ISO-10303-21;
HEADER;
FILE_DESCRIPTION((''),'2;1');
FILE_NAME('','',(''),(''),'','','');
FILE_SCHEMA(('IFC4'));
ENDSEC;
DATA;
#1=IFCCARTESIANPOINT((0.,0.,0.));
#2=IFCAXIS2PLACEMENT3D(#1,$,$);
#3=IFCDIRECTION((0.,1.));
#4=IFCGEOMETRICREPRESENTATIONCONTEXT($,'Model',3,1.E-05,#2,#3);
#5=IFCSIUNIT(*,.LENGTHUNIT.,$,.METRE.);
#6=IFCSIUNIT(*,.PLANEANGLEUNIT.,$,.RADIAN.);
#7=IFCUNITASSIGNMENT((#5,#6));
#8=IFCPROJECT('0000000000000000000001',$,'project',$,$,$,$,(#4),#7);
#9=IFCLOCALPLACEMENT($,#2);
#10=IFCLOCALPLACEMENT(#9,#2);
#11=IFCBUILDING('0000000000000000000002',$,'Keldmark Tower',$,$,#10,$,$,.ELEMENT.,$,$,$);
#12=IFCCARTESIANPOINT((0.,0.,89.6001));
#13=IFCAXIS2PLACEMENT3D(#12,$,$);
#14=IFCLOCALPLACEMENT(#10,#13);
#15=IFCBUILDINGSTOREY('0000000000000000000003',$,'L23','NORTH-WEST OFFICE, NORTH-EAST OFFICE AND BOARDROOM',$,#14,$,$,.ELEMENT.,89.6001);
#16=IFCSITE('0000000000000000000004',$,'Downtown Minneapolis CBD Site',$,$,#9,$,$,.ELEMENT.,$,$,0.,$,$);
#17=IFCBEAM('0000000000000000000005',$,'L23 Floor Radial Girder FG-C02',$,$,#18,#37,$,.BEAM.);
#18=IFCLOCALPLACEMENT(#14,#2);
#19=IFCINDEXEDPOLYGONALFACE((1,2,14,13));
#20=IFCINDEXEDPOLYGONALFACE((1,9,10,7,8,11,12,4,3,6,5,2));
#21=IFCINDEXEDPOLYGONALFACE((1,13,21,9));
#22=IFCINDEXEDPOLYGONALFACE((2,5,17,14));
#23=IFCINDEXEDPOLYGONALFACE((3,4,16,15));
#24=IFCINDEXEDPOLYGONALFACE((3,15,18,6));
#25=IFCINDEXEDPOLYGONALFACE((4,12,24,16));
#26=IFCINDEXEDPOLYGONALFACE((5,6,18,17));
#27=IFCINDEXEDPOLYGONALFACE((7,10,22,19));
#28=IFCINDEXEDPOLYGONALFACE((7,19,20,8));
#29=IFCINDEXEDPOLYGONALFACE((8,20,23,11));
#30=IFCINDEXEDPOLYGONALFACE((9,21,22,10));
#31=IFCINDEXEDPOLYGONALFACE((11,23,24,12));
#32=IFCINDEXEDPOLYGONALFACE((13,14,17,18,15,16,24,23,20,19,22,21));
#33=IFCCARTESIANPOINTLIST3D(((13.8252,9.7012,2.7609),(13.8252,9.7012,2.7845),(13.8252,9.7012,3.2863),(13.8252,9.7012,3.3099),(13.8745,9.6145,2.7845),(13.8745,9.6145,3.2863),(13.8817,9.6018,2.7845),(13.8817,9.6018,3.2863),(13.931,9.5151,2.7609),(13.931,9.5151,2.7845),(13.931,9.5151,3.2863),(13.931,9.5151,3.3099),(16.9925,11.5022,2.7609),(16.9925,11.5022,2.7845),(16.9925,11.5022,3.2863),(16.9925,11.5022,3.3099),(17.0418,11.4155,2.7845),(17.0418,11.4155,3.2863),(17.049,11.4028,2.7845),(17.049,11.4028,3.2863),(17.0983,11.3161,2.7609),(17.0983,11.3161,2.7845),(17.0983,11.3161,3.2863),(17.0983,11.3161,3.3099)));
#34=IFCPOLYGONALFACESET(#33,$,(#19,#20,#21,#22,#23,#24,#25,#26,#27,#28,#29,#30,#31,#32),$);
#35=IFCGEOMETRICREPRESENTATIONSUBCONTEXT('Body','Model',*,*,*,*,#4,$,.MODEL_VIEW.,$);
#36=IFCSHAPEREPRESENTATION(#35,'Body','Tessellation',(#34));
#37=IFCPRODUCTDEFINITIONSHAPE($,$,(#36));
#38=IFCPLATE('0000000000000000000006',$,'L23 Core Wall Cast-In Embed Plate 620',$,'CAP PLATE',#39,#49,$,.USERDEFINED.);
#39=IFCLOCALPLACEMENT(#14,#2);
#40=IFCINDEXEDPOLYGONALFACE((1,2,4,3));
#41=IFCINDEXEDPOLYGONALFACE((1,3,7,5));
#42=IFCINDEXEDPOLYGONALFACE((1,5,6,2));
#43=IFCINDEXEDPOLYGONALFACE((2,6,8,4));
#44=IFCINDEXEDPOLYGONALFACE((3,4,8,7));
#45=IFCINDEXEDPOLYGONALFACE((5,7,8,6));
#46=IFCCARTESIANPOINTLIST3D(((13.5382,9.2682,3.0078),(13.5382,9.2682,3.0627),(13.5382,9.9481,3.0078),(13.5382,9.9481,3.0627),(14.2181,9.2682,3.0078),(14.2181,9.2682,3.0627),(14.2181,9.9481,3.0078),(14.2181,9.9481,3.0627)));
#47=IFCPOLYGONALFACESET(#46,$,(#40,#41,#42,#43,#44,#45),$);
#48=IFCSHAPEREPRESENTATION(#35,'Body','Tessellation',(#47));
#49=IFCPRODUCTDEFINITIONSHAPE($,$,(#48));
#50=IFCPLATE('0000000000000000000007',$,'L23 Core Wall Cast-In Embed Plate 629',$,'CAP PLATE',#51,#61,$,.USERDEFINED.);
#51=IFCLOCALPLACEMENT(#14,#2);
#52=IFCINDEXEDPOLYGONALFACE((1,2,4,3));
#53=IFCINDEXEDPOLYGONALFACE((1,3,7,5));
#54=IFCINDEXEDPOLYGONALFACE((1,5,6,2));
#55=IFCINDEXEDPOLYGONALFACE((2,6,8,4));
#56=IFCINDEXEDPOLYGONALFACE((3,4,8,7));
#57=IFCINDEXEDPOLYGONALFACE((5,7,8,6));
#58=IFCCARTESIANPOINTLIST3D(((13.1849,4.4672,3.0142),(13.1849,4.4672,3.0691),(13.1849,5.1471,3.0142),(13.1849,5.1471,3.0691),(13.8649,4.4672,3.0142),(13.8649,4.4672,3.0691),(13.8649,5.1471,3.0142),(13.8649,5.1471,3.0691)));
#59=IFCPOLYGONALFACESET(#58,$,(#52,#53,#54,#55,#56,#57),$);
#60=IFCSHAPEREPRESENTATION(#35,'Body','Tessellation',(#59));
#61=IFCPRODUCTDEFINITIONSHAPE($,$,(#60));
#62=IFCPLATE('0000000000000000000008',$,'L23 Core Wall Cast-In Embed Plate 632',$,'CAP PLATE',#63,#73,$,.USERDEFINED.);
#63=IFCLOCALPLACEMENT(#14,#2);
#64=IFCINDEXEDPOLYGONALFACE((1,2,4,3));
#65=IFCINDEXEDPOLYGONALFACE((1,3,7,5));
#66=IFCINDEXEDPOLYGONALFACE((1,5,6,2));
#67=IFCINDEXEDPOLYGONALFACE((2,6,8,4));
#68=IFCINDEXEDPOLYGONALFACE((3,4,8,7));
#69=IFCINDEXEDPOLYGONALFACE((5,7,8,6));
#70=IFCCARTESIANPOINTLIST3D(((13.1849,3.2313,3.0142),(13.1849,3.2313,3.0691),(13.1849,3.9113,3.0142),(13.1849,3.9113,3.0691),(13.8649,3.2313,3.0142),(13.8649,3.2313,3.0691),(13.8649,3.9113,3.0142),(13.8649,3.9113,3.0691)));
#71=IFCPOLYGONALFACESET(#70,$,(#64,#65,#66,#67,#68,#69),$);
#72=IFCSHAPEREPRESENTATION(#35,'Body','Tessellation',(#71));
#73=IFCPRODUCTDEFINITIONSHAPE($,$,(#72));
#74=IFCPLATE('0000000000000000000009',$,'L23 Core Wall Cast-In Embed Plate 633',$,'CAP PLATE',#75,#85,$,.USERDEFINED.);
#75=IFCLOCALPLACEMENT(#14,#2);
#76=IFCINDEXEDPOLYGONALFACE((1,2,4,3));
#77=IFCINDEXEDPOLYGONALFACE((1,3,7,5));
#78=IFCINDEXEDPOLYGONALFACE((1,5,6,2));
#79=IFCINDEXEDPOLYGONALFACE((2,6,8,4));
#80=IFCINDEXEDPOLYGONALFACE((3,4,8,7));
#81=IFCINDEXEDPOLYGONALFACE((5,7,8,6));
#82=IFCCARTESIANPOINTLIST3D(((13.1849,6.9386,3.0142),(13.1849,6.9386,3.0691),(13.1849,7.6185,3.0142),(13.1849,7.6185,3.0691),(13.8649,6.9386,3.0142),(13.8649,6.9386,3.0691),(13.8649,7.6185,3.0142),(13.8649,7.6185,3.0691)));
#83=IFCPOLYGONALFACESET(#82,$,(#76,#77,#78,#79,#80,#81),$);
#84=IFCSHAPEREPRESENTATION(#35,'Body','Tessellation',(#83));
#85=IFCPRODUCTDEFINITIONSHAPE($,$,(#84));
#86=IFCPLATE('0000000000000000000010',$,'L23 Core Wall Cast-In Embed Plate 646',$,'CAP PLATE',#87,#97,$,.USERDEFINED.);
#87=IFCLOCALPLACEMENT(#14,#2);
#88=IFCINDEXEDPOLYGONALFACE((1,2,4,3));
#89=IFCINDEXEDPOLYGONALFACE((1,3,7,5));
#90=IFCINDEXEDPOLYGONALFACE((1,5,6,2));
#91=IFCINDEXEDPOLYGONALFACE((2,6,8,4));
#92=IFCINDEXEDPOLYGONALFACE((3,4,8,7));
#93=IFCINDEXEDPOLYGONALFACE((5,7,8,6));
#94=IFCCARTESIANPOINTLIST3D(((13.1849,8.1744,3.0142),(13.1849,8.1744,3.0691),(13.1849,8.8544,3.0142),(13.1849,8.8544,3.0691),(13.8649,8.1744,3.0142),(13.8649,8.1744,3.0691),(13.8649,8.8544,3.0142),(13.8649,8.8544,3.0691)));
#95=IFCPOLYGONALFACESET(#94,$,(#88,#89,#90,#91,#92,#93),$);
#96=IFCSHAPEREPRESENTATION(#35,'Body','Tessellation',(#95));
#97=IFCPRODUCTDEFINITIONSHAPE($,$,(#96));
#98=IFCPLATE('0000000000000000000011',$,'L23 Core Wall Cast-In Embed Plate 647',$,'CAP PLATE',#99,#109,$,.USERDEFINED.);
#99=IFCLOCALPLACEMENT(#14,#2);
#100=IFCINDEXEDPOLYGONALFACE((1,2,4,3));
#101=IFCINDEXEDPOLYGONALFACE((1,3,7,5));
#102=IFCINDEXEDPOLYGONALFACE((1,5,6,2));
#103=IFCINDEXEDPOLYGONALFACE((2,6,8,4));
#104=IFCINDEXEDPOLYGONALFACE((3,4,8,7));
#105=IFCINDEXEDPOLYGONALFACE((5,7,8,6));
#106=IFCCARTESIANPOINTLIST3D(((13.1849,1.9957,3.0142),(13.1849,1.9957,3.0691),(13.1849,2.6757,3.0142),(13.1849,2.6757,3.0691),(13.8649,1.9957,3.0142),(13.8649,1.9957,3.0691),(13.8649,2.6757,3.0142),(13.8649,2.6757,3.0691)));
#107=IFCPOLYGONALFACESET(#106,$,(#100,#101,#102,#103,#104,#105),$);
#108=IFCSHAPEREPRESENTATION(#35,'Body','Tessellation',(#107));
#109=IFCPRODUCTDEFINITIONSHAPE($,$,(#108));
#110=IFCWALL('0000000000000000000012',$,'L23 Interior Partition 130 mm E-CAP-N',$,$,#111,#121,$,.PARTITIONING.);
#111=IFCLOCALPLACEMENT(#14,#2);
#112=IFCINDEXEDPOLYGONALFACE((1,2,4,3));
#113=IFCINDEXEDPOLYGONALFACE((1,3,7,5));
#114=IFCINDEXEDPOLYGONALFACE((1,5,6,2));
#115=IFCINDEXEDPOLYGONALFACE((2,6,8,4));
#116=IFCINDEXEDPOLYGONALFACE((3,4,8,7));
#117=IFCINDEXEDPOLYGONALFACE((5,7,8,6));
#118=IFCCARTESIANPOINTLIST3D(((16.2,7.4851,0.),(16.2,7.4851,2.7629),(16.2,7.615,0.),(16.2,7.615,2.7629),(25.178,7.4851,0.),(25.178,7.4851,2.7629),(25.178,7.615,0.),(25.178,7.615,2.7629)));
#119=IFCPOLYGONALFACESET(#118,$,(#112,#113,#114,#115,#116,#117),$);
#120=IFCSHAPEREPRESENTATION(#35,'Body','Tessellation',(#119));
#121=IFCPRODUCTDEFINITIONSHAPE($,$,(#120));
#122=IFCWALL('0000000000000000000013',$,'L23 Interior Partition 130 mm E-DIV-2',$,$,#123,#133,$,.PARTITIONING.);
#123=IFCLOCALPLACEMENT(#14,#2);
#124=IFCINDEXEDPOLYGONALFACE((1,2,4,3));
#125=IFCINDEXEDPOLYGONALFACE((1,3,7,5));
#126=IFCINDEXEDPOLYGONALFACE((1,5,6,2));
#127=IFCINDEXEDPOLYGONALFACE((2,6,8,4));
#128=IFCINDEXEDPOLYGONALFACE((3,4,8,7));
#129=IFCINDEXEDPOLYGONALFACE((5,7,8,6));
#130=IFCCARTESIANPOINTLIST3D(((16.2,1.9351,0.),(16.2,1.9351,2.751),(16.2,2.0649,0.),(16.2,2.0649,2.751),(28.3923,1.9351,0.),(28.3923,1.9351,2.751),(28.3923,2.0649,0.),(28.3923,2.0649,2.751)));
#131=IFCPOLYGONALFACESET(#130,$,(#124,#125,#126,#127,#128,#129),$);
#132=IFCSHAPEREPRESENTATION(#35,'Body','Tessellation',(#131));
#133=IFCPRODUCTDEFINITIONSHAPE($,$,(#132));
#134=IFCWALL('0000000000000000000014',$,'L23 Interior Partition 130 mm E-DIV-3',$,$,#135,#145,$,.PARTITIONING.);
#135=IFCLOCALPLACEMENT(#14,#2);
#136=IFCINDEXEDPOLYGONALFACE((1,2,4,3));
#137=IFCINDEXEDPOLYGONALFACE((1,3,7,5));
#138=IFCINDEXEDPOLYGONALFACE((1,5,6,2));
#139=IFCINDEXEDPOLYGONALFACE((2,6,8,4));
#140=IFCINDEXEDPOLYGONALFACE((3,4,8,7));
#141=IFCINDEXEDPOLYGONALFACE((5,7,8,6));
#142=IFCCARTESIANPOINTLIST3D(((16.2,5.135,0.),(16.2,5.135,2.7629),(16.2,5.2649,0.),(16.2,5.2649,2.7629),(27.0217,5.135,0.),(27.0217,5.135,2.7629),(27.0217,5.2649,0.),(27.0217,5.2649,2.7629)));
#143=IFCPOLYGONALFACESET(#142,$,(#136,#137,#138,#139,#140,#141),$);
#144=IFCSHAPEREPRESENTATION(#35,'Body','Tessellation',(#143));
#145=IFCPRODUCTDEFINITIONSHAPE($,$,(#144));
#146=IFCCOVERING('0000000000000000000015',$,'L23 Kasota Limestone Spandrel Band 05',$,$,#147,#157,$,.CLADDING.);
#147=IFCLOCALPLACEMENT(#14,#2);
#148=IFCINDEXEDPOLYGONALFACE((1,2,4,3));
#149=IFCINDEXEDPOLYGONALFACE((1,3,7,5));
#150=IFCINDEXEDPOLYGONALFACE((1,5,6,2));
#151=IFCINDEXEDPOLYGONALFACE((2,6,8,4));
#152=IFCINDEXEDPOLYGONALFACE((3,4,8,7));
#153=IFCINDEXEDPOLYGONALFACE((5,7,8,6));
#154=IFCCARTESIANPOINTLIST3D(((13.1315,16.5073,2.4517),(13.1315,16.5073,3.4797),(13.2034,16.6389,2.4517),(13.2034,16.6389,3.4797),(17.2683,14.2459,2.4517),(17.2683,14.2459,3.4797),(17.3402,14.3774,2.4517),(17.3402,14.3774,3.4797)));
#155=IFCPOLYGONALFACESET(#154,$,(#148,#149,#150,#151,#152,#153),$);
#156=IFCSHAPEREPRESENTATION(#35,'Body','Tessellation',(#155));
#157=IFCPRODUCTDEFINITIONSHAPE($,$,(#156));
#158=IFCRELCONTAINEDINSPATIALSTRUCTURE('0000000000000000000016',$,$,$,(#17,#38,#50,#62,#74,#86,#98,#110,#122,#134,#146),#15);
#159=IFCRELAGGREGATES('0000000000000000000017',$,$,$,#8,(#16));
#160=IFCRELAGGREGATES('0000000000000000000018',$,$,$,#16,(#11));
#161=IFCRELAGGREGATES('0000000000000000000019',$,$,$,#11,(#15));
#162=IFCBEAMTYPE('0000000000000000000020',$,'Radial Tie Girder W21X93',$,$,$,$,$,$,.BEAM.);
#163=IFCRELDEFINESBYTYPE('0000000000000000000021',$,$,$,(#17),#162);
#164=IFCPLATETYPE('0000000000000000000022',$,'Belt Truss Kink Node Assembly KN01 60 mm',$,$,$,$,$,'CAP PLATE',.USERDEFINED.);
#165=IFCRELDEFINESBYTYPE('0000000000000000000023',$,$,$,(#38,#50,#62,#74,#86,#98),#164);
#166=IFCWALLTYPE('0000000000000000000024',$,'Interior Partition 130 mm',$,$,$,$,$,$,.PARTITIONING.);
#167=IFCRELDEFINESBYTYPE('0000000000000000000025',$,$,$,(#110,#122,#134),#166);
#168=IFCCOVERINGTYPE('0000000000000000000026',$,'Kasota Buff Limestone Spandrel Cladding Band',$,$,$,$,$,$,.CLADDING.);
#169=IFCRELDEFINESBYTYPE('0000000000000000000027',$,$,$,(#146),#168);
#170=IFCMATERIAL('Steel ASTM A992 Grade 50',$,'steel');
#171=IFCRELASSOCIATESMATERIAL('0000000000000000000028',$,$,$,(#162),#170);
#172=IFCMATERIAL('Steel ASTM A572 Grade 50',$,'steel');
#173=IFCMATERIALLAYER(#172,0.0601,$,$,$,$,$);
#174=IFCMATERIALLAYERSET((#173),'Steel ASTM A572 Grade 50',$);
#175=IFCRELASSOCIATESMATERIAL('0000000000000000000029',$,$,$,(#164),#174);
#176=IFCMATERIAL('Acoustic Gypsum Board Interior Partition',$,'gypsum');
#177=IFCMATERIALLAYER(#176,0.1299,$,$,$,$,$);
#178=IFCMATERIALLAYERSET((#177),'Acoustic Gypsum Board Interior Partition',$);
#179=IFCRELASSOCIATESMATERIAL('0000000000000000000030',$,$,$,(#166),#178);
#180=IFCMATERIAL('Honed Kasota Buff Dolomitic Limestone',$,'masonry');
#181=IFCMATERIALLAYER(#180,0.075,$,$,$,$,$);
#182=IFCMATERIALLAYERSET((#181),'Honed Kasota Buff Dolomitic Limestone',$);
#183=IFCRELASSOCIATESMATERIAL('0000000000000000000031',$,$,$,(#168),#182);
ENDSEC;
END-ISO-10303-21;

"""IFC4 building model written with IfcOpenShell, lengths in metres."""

from ifc_helpers import new_model, si_unit, direction, frame, frame_2d, origin, origin_2d, place, context, subcontext, project, spatial, rectangle, i_section, extrude, material, layer, layer_set, material_profile, profile_set, type_object, element, save


model = new_model("IFC4")

# Units and contexts
model_context = context("Model", 3, precision=1e-05, world=origin(), true_north=direction((0.0, 1.0)))
body_context = subcontext(model_context, "Body", "Model", "MODEL_VIEW")
ifc_project = project(units=[si_unit("LENGTHUNIT", "METRE"), si_unit("PLANEANGLEUNIT", "RADIAN")], contexts=[model_context])

# Site, building, storey
site_placement = place(None, origin())
site = spatial("IfcSite", under=ifc_project, at=site_placement, Name="Downtown Minneapolis CBD Site", CompositionType="ELEMENT", RefElevation=0.0)
building_placement = place(site_placement, origin())
building = spatial("IfcBuilding", under=site, at=building_placement, Name="Keldmark Tower", CompositionType="ELEMENT")
storey_placement = place(building_placement, frame((0.0, 0.0, 89.6001)))
storey = spatial("IfcBuildingStorey", under=building, at=storey_placement, Name="L23", Description="NORTH-WEST OFFICE, NORTH-EAST OFFICE AND BOARDROOM", CompositionType="ELEMENT", Elevation=89.6001)

# Beam
ifc_material_1 = material(Name="Steel ASTM A992 Grade 50", Category="steel")
ifc_material_profile_1 = material_profile(ifc_material_1, i_section(OverallWidth=0.2141, OverallDepth=0.5491, WebThickness=0.0146, FlangeThickness=0.0237, at=origin_2d()), Name="W21X93")
ifc_profile_set_1 = profile_set([ifc_material_profile_1], Name="Steel ASTM A992 Grade 50")
beam_type_1 = type_object("IfcBeamType", Name="Radial Tie Girder W21X93", PredefinedType="BEAM", material=ifc_profile_set_1)
beam_1_placement = place(storey_placement, frame((17.0454, 11.4092, 3.0354), z_axis=(-0.869284, -0.494312, 0.0), x_axis=(0.494312, -0.869284, 0.0)))
element("IfcBeam", 1, at=beam_1_placement, inside=storey, type_object=beam_type_1, Name="L23 Floor Radial Girder FG-C02", PredefinedType="BEAM", context=body_context, shape_type="SweptSolid", body=[
    extrude(i_section(OverallWidth=0.2141, OverallDepth=0.5491, WebThickness=0.0146, FlangeThickness=0.0237, at=origin_2d()), origin(), (0.0, 0.0, 1.0), 3.6436),
])

# Plates
ifc_material_2 = material(Name="Steel ASTM A572 Grade 50", Category="steel")
ifc_layer_1 = layer(ifc_material_2, 0.0601)
ifc_layer_set_1 = layer_set([ifc_layer_1], Name="Steel ASTM A572 Grade 50")
plate_type = type_object("IfcPlateType", Name="Belt Truss Kink Node Assembly KN01 60 mm", ElementType="CAP PLATE", PredefinedType="USERDEFINED", material=ifc_layer_set_1)
for number, where, z_axis, x_axis, name in (
    (2, (13.8782, 9.6082, 3.0078), (0.0, 0.0, 1.0), (1.0, 0.0, 0.0), "L23 Core Wall Cast-In Embed Plate 620"),
    (3, (13.5249, 4.8071, 3.0142), (0.0, 0.0, 1.0), (1.0, 0.0, 0.0), "L23 Core Wall Cast-In Embed Plate 629"),
    (4, (13.5249, 3.5713, 3.0142), (0.0, 0.0, 1.0), (1.0, 0.0, 0.0), "L23 Core Wall Cast-In Embed Plate 632"),
    (5, (13.5249, 7.2786, 3.0142), (0.0, 0.0, 1.0), (1.0, 0.0, 0.0), "L23 Core Wall Cast-In Embed Plate 633"),
    (6, (13.5249, 8.5144, 3.0142), (0.0, 0.0, 1.0), (1.0, 0.0, 0.0), "L23 Core Wall Cast-In Embed Plate 646"),
    (7, (13.5249, 2.3357, 3.0142), (0.0, 0.0, 1.0), (1.0, 0.0, 0.0), "L23 Core Wall Cast-In Embed Plate 647"),
):
    element("IfcPlate", number, at=place(storey_placement, frame(where, z_axis=z_axis, x_axis=x_axis)), inside=storey, type_object=plate_type, Name=name, ObjectType="CAP PLATE", PredefinedType="USERDEFINED", context=body_context, shape_type="SweptSolid", body=[
        extrude(rectangle(XDim=0.6799, YDim=0.6799, at=origin_2d()), origin(), (0.0, 0.0, 1.0), 0.0549),
    ])

# Walls
ifc_material_3 = material(Name="Acoustic Gypsum Board Interior Partition", Category="gypsum")
ifc_layer_2 = layer(ifc_material_3, 0.1299)
ifc_layer_set_2 = layer_set([ifc_layer_2], Name="Acoustic Gypsum Board Interior Partition")
wall_type_1 = type_object("IfcWallType", Name="Interior Partition 130 mm", PredefinedType="PARTITIONING", material=ifc_layer_set_2)
wall_1_placement = place(storey_placement, frame((16.2, 7.55, 0.0), z_axis=(0.0, 0.0, 1.0), x_axis=(1.0, 0.0, 0.0)))
element("IfcWall", 8, at=wall_1_placement, inside=storey, type_object=wall_type_1, Name="L23 Interior Partition 130 mm E-CAP-N", PredefinedType="PARTITIONING", context=body_context, shape_type="SweptSolid", body=[
    extrude(rectangle(XDim=8.978, YDim=0.1299, at=frame_2d((4.489, 0.0))), origin(), (0.0, 0.0, 1.0), 2.7629),
])
wall_2_placement = place(storey_placement, frame((16.2, 2.0, 0.0), z_axis=(0.0, 0.0, 1.0), x_axis=(1.0, 0.0, 0.0)))
element("IfcWall", 9, at=wall_2_placement, inside=storey, type_object=wall_type_1, Name="L23 Interior Partition 130 mm E-DIV-2", PredefinedType="PARTITIONING", context=body_context, shape_type="SweptSolid", body=[
    extrude(rectangle(XDim=12.1924, YDim=0.1299, at=frame_2d((6.0962, 0.0))), origin(), (0.0, 0.0, 1.0), 2.751),
])
wall_3_placement = place(storey_placement, frame((16.2, 5.2, 0.0), z_axis=(0.0, 0.0, 1.0), x_axis=(1.0, 0.0, 0.0)))
element("IfcWall", 10, at=wall_3_placement, inside=storey, type_object=wall_type_1, Name="L23 Interior Partition 130 mm E-DIV-3", PredefinedType="PARTITIONING", context=body_context, shape_type="SweptSolid", body=[
    extrude(rectangle(XDim=10.8218, YDim=0.1299, at=frame_2d((5.4109, 0.0))), origin(), (0.0, 0.0, 1.0), 2.7629),
])

# Covering
ifc_material_4 = material(Name="Honed Kasota Buff Dolomitic Limestone", Category="masonry")
ifc_layer_3 = layer(ifc_material_4, 0.075)
ifc_layer_set_3 = layer_set([ifc_layer_3], Name="Honed Kasota Buff Dolomitic Limestone")
covering_type = type_object("IfcCoveringType", Name="Kasota Buff Limestone Spandrel Cladding Band", PredefinedType="CLADDING", material=ifc_layer_set_3)
covering_placement = place(storey_placement, frame((15.2358, 15.4424, 2.4517), z_axis=(0.0, 0.0, 1.0), x_axis=(-0.877448, 0.479672, 0.0)))
element("IfcCovering", 11, at=covering_placement, inside=storey, type_object=covering_type, Name="L23 Kasota Limestone Spandrel Band 05", PredefinedType="CLADDING", context=body_context, shape_type="SweptSolid", body=[
    extrude(rectangle(XDim=4.7146, YDim=0.1499, at=origin_2d()), origin(), (0.0, 0.0, 1.0), 1.0281),
])

save(model, "model.ifc")
